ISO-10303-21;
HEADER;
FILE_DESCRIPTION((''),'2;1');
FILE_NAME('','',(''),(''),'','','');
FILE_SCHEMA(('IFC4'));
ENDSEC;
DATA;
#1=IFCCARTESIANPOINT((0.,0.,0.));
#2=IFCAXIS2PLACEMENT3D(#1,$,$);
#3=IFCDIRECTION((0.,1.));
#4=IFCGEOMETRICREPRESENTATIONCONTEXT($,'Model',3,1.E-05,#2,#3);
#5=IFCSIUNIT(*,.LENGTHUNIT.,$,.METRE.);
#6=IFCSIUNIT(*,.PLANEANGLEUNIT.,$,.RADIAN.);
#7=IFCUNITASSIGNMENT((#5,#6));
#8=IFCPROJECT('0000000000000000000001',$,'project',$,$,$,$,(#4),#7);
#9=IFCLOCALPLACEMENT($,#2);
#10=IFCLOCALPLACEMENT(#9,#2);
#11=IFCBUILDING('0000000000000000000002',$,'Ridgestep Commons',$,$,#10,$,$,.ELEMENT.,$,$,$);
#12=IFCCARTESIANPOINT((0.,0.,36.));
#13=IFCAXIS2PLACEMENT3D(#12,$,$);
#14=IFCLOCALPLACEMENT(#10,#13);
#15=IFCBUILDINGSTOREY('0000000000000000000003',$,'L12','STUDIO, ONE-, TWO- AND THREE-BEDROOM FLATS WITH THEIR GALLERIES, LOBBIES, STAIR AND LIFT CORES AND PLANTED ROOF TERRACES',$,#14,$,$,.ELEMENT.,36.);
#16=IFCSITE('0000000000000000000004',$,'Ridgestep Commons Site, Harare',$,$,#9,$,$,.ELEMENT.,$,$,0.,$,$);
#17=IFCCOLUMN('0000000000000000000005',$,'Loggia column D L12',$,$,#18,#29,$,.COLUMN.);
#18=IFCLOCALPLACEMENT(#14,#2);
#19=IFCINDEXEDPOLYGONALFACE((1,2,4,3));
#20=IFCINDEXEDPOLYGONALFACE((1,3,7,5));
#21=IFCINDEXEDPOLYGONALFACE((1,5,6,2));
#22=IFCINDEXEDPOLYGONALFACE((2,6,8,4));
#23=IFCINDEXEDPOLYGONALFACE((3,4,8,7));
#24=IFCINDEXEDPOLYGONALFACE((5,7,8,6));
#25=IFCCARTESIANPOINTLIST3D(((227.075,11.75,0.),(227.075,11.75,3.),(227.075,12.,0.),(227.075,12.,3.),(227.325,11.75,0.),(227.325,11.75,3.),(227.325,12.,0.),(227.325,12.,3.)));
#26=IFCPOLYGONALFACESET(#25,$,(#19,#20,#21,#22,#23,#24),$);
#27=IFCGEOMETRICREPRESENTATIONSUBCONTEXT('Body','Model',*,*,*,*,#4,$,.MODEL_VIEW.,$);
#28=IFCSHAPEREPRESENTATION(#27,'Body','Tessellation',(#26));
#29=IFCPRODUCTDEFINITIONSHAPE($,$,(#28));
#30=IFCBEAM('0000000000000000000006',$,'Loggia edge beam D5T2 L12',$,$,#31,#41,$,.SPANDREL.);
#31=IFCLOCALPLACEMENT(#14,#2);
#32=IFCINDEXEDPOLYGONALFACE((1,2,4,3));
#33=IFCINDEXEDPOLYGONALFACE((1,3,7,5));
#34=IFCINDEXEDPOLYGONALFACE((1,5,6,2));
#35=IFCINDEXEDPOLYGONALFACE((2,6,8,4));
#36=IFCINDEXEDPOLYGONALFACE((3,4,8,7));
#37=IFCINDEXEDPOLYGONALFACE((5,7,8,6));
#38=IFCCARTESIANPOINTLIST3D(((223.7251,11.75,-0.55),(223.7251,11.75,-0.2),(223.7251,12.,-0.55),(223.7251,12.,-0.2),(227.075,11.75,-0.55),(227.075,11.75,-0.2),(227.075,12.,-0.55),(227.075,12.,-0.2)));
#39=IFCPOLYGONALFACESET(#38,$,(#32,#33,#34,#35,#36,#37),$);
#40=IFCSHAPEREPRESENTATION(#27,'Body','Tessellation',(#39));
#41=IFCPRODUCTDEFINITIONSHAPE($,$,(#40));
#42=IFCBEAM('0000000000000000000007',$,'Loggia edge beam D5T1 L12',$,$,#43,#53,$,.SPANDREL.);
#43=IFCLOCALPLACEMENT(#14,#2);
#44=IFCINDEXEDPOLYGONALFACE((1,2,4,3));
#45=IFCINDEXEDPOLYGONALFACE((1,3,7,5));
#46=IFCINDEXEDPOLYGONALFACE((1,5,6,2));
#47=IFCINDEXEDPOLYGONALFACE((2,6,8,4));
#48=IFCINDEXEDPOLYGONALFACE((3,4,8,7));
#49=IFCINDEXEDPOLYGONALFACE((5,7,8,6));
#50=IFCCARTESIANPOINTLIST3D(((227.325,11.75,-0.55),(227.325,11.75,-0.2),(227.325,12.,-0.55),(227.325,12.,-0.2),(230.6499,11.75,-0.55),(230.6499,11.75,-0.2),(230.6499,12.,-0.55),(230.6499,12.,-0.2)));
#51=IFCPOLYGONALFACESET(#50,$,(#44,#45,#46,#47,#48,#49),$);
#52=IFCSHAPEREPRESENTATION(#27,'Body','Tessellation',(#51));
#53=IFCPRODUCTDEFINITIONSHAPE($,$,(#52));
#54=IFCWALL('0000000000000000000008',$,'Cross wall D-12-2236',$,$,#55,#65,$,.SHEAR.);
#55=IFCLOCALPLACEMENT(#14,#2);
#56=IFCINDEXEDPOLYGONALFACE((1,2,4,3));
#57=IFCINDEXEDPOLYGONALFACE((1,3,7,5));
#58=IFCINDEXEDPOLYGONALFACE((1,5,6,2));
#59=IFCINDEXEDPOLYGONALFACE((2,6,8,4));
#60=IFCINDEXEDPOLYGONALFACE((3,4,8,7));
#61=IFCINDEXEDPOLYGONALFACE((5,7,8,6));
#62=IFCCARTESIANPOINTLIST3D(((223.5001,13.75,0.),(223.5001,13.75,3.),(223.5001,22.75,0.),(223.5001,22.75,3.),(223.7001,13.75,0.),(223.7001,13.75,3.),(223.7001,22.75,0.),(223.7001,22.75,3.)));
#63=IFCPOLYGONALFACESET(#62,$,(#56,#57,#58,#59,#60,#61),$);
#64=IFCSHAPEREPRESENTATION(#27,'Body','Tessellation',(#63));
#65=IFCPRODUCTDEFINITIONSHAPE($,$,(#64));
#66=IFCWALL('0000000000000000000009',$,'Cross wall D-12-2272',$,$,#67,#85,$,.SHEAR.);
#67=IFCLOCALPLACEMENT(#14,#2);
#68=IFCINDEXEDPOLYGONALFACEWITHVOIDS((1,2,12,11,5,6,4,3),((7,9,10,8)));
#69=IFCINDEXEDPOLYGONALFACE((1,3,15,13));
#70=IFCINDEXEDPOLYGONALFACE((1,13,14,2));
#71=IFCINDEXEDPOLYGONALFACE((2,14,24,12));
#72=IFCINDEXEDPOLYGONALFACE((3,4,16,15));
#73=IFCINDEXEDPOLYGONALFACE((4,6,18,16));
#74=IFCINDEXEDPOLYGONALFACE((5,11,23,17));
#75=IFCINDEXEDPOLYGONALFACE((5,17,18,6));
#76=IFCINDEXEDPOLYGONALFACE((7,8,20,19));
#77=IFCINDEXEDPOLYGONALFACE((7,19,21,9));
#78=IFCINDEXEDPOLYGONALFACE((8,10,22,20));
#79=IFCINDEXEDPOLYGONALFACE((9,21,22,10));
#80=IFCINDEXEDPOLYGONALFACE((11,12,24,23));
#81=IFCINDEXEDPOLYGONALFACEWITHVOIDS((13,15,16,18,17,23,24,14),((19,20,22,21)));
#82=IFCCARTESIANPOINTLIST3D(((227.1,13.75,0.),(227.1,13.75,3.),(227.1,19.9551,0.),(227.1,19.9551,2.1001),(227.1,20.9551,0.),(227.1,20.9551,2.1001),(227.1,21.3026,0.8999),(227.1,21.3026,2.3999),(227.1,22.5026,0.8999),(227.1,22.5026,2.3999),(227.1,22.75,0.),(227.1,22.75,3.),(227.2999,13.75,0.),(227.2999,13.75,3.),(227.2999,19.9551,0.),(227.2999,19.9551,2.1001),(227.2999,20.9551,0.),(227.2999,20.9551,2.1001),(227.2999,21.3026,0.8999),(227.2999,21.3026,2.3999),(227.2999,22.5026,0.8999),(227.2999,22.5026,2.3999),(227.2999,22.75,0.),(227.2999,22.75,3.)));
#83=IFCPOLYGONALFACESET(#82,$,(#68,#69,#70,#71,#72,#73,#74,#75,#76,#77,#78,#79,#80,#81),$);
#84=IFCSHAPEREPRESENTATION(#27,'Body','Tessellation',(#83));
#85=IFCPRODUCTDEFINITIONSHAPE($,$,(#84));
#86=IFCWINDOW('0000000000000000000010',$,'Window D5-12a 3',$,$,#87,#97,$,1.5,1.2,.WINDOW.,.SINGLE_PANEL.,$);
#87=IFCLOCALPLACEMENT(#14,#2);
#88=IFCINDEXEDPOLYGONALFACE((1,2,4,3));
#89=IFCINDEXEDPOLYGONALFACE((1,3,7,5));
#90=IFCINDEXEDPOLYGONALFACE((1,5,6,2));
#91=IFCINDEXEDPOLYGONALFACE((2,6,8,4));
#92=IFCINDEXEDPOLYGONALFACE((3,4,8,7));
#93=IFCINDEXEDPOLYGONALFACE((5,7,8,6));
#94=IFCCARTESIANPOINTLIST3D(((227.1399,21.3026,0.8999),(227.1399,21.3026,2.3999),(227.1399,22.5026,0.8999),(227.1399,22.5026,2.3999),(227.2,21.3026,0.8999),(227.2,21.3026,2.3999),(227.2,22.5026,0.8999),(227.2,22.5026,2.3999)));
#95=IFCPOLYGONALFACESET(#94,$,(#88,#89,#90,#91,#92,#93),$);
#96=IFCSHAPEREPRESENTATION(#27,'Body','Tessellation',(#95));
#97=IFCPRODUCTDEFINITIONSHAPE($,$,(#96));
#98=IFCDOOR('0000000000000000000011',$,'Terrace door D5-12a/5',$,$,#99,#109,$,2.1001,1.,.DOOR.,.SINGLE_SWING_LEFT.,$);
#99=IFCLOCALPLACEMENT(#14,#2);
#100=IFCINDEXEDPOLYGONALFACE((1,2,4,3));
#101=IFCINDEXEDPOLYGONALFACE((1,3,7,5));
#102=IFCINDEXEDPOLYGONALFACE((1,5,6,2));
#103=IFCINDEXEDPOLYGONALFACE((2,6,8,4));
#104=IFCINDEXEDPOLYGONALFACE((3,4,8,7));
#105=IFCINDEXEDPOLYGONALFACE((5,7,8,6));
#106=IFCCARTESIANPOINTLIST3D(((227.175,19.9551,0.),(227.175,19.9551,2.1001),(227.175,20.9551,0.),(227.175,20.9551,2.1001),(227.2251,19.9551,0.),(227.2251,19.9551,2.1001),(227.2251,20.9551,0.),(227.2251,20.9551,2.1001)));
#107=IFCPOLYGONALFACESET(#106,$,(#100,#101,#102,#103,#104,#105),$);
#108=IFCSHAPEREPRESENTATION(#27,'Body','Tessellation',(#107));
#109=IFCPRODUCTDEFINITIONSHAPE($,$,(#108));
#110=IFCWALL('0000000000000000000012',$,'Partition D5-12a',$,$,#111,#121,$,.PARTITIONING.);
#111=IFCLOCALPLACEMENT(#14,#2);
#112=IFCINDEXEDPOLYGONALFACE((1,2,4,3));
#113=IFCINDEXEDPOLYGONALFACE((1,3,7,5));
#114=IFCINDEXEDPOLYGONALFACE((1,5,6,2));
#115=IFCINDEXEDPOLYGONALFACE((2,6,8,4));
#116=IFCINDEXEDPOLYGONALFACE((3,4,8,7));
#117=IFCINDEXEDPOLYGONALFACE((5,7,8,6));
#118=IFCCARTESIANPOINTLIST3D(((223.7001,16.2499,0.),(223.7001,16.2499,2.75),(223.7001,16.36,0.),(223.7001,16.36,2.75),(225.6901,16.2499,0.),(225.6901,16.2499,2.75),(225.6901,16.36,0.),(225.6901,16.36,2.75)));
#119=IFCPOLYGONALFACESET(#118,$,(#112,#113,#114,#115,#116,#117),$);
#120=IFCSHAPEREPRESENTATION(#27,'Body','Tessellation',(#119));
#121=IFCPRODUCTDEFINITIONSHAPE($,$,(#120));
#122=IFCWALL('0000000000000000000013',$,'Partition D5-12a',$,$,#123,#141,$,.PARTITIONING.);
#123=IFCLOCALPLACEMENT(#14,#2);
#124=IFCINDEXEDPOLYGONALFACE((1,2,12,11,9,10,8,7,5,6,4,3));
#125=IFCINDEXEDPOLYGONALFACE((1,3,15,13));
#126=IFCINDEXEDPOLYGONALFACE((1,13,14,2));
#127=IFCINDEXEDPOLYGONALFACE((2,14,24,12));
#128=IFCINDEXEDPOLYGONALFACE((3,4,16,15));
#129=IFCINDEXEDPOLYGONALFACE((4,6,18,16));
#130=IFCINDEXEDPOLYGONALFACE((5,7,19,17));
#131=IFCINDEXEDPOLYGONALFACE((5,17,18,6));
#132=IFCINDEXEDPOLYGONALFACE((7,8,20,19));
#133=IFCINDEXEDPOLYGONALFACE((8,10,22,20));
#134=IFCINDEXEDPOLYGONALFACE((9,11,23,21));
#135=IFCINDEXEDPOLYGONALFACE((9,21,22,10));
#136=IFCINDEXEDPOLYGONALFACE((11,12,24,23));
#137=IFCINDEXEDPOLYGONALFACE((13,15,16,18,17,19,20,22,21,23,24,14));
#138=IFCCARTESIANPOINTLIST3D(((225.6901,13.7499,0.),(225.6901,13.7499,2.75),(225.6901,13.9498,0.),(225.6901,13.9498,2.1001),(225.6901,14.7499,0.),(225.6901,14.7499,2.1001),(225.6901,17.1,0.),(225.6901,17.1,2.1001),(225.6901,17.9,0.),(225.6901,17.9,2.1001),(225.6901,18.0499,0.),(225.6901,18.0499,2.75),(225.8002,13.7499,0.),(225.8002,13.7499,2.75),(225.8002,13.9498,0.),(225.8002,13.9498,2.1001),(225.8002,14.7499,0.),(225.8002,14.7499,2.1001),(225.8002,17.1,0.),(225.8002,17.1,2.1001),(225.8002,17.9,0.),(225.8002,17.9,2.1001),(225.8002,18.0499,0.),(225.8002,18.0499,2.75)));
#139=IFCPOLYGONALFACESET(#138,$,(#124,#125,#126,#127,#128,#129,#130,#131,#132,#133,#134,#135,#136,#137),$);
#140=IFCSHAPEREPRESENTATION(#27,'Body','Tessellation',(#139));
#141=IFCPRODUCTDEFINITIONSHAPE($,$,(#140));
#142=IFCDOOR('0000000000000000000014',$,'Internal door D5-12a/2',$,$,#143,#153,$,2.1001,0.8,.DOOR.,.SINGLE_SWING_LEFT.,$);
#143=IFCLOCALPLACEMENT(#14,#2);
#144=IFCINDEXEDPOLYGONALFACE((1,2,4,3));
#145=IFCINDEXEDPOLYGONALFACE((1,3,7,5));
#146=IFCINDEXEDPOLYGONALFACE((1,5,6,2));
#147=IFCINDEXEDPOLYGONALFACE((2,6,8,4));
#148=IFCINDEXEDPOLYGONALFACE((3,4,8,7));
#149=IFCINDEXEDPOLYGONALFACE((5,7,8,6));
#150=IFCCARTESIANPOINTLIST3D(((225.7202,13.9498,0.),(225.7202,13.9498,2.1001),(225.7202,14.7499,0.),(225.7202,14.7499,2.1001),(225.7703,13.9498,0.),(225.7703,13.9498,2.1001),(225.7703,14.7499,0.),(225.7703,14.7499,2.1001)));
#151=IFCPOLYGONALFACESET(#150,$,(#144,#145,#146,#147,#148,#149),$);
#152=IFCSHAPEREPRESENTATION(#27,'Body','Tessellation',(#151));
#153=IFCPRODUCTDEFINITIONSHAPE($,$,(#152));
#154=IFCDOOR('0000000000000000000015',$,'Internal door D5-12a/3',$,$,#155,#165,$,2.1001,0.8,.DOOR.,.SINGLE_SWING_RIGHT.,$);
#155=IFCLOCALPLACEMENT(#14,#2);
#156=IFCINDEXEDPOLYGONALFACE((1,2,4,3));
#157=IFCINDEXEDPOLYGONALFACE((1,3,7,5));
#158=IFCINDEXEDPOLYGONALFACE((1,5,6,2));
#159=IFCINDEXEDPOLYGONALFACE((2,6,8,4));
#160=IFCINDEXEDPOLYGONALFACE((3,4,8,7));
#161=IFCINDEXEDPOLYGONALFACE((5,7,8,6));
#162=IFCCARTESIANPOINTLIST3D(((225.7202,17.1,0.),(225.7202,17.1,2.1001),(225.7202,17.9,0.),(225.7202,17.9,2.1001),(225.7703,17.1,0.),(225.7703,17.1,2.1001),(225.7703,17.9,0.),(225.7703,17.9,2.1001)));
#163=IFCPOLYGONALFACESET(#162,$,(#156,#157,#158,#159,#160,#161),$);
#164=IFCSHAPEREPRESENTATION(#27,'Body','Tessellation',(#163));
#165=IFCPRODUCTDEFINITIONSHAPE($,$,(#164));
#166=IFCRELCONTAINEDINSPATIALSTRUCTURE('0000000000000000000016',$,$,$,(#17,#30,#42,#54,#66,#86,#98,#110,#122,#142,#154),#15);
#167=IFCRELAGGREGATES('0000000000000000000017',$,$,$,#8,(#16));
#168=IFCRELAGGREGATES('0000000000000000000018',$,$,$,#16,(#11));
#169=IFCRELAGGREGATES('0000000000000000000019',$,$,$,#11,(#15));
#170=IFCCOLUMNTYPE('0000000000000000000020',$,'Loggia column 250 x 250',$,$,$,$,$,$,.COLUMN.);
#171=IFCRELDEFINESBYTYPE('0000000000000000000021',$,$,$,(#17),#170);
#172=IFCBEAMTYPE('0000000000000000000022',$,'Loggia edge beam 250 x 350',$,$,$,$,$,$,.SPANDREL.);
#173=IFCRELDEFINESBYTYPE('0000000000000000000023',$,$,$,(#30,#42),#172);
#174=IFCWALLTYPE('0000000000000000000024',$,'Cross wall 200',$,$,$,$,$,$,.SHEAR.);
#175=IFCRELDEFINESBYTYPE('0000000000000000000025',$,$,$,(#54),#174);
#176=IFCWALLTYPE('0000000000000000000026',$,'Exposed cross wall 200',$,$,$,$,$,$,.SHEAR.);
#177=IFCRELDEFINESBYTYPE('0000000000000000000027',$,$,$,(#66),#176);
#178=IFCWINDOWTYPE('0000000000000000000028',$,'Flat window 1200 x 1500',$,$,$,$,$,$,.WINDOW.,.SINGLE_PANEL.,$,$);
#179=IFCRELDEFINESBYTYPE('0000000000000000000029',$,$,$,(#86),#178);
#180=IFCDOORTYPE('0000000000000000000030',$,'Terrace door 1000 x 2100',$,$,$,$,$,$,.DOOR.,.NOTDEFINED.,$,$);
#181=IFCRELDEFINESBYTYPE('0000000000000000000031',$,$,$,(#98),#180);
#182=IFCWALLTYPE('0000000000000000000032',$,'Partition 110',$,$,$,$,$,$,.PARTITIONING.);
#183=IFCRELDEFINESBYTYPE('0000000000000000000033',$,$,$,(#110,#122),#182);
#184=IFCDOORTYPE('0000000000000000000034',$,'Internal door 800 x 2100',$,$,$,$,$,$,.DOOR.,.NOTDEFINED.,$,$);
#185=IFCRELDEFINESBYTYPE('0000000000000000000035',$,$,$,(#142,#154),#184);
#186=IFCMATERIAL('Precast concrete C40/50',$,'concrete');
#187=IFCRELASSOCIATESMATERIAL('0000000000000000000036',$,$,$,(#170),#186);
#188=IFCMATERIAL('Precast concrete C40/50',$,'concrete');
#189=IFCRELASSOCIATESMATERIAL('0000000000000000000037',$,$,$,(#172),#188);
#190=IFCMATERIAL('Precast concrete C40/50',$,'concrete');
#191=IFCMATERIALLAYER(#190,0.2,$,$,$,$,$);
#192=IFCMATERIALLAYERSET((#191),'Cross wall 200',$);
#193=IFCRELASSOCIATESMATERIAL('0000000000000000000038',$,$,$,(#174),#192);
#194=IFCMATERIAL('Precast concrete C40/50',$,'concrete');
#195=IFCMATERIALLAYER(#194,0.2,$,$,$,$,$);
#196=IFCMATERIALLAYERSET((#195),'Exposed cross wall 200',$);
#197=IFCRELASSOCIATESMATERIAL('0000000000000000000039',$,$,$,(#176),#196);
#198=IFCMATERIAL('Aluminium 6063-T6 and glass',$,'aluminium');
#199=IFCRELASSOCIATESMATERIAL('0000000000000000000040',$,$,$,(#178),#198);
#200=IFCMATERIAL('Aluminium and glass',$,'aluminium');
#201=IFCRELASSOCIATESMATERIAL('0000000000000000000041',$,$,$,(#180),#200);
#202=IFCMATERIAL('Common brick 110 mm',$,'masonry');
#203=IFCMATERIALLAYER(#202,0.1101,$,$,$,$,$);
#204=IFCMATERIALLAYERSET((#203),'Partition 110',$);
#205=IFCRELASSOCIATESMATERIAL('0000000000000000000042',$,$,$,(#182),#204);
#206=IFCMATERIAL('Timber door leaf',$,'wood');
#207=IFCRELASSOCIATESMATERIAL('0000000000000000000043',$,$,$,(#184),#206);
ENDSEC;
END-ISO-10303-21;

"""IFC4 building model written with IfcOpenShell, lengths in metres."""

from ifc_helpers import new_model, si_unit, direction, frame, frame_2d, origin, origin_2d, place, context, subcontext, project, spatial, rectangle, extrude, material, layer, layer_set, material_profile, profile_set, type_object, element, fill, save


model = new_model("IFC4")

# Units and contexts
model_context = context("Model", 3, precision=1e-05, world=origin(), true_north=direction((0.0, 1.0)))
body_context = subcontext(model_context, "Body", "Model", "MODEL_VIEW")
ifc_project = project(units=[si_unit("LENGTHUNIT", "METRE"), si_unit("PLANEANGLEUNIT", "RADIAN")], contexts=[model_context])

# Site, building, storey
site_placement = place(None, origin())
site = spatial("IfcSite", under=ifc_project, at=site_placement, Name="Ridgestep Commons Site, Harare", CompositionType="ELEMENT", RefElevation=0.0)
building_placement = place(site_placement, origin())
building = spatial("IfcBuilding", under=site, at=building_placement, Name="Ridgestep Commons", CompositionType="ELEMENT")
storey_placement = place(building_placement, frame((0.0, 0.0, 36.0)))
storey = spatial("IfcBuildingStorey", under=building, at=storey_placement, Name="L12", Description="STUDIO, ONE-, TWO- AND THREE-BEDROOM FLATS WITH THEIR GALLERIES, LOBBIES, STAIR AND LIFT CORES AND PLANTED ROOF TERRACES", CompositionType="ELEMENT", Elevation=36.0)

# Column
ifc_material_1 = material(Name="Precast concrete C40/50", Category="concrete")
ifc_material_profile_1 = material_profile(ifc_material_1, rectangle(XDim=0.25, YDim=0.25, at=origin_2d()), Name="PC 250x250")
ifc_profile_set_1 = profile_set([ifc_material_profile_1], Name="Precast concrete C40/50")
column_type = type_object("IfcColumnType", Name="Loggia column 250 x 250", PredefinedType="COLUMN", material=ifc_profile_set_1)
column_placement = place(storey_placement, frame((227.2, 11.875, 0.0), z_axis=(0.0, 0.0, 1.0), x_axis=(1.0, 0.0, 0.0)))
element("IfcColumn", 1, at=column_placement, inside=storey, type_object=column_type, Name="Loggia column D L12", PredefinedType="COLUMN", context=body_context, shape_type="SweptSolid", body=[
    extrude(rectangle(XDim=0.25, YDim=0.25, at=origin_2d()), origin(), (0.0, 0.0, 1.0), 3.0),
])

# Beams
ifc_material_2 = material(Name="Precast concrete C40/50", Category="concrete")
ifc_material_profile_2 = material_profile(ifc_material_2, rectangle(XDim=0.25, YDim=0.3501, at=origin_2d()), Name="PC 250x350")
ifc_profile_set_2 = profile_set([ifc_material_profile_2], Name="Precast concrete C40/50")
beam_type = type_object("IfcBeamType", Name="Loggia edge beam 250 x 350", PredefinedType="SPANDREL", material=ifc_profile_set_2)
beam_1_placement = place(storey_placement, frame((223.7251, 11.875, -0.375), z_axis=(1.0, 0.0, 0.0), x_axis=(0.0, 1.0, 0.0)))
element("IfcBeam", 2, at=beam_1_placement, inside=storey, type_object=beam_type, Name="Loggia edge beam D5T2 L12", PredefinedType="SPANDREL", context=body_context, shape_type="SweptSolid", body=[
    extrude(rectangle(XDim=0.25, YDim=0.3501, at=origin_2d()), origin(), (0.0, 0.0, 1.0), 3.3499),
])
beam_2_placement = place(storey_placement, frame((227.325, 11.875, -0.375), z_axis=(1.0, 0.0, 0.0), x_axis=(0.0, 1.0, 0.0)))
element("IfcBeam", 3, at=beam_2_placement, inside=storey, type_object=beam_type, Name="Loggia edge beam D5T1 L12", PredefinedType="SPANDREL", context=body_context, shape_type="SweptSolid", body=[
    extrude(rectangle(XDim=0.25, YDim=0.3501, at=origin_2d()), origin(), (0.0, 0.0, 1.0), 3.325),
])

# Wall
ifc_material_3 = material(Name="Precast concrete C40/50", Category="concrete")
ifc_layer_1 = layer(ifc_material_3, 0.2)
ifc_layer_set_1 = layer_set([ifc_layer_1], Name="Cross wall 200")
wall_type_1 = type_object("IfcWallType", Name="Cross wall 200", PredefinedType="SHEAR", material=ifc_layer_set_1)
wall_1_placement = place(storey_placement, frame((223.6001, 13.75, 0.0), z_axis=(0.0, 0.0, 1.0), x_axis=(0.0, 1.0, 0.0)))
element("IfcWall", 4, at=wall_1_placement, inside=storey, type_object=wall_type_1, Name="Cross wall D-12-2236", PredefinedType="SHEAR", context=body_context, shape_type="SweptSolid", body=[
    extrude(rectangle(XDim=9.0, YDim=0.2, at=frame_2d((4.5, 0.0))), origin(), (0.0, 0.0, 1.0), 3.0),
])

# Wall, openings, window, door
ifc_material_4 = material(Name="Precast concrete C40/50", Category="concrete")
ifc_layer_2 = layer(ifc_material_4, 0.2)
ifc_layer_set_2 = layer_set([ifc_layer_2], Name="Exposed cross wall 200")
wall_type_2 = type_object("IfcWallType", Name="Exposed cross wall 200", PredefinedType="SHEAR", material=ifc_layer_set_2)
wall_2_placement = place(storey_placement, frame((227.2, 13.75, 0.0), z_axis=(0.0, 0.0, 1.0), x_axis=(0.0, 1.0, 0.0)))
wall_2 = element("IfcWall", 5, at=wall_2_placement, inside=storey, type_object=wall_type_2, Name="Cross wall D-12-2272", PredefinedType="SHEAR", context=body_context, shape_type="SweptSolid", body=[
    extrude(rectangle(XDim=9.0, YDim=0.2, at=frame_2d((4.5, 0.0))), origin(), (0.0, 0.0, 1.0), 3.0),
])
opening_1_placement = place(wall_2_placement, frame((7.5525, 0.0, 0.8999)))
opening_1 = element("IfcOpeningElement", 6, at=opening_1_placement, cuts=wall_2, PredefinedType="OPENING", context=body_context, shape_type="SweptSolid", body=[
    extrude(rectangle(XDim=1.2, YDim=1.5, at=frame_2d((0.6001, 0.75))), frame((0.0, 0.1099, 0.0), z_axis=(0.0, -1.0, 0.0), x_axis=(1.0, 0.0, 0.0)), (0.0, 0.0, 1.0), 0.22),
])
opening_2_placement = place(wall_2_placement, frame((6.2051, 0.0, 0.0)))
opening_2 = element("IfcOpeningElement", 7, at=opening_2_placement, cuts=wall_2, PredefinedType="OPENING", context=body_context, shape_type="SweptSolid", body=[
    extrude(rectangle(XDim=1.0, YDim=2.1001, at=frame_2d((0.5, 1.05))), frame((0.0, 0.1099, 0.0), z_axis=(0.0, -1.0, 0.0), x_axis=(1.0, 0.0, 0.0)), (0.0, 0.0, 1.0), 0.22),
])
ifc_material_5 = material(Name="Aluminium 6063-T6 and glass", Category="aluminium")
window_type = type_object("IfcWindowType", Name="Flat window 1200 x 1500", PartitioningType="SINGLE_PANEL", PredefinedType="WINDOW", material=ifc_material_5)
window_placement = place(opening_1_placement, origin())
window = element("IfcWindow", 8, at=window_placement, inside=storey, type_object=window_type, Name="Window D5-12a 3", OverallHeight=1.5, OverallWidth=1.2, PartitioningType="SINGLE_PANEL", PredefinedType="WINDOW", context=body_context, shape_type="SweptSolid", body=[
    extrude(rectangle(XDim=1.2, YDim=1.5, at=frame_2d((0.6001, 0.75))), frame((0.0, 0.0601, 0.0), z_axis=(0.0, -1.0, 0.0), x_axis=(1.0, 0.0, 0.0)), (0.0, 0.0, 1.0), 0.0601),
])
fill(opening_1, window)
ifc_material_6 = material(Name="Aluminium and glass", Category="aluminium")
door_type_1 = type_object("IfcDoorType", Name="Terrace door 1000 x 2100", OperationType="NOTDEFINED", PredefinedType="DOOR", material=ifc_material_6)
door_1_placement = place(opening_2_placement, origin())
door_1 = element("IfcDoor", 9, at=door_1_placement, inside=storey, type_object=door_type_1, Name="Terrace door D5-12a/5", OperationType="SINGLE_SWING_LEFT", OverallHeight=2.1001, OverallWidth=1.0, PredefinedType="DOOR", context=body_context, shape_type="SweptSolid", body=[
    extrude(rectangle(XDim=1.0, YDim=2.1001, at=frame_2d((0.5, 1.05))), frame((0.0, 0.0249, 0.0), z_axis=(0.0, -1.0, 0.0), x_axis=(1.0, 0.0, 0.0)), (0.0, 0.0, 1.0), 0.05),
])
fill(opening_2, door_1)

# Wall
ifc_material_7 = material(Name="Common brick 110 mm", Category="masonry")
ifc_layer_3 = layer(ifc_material_7, 0.1101)
ifc_layer_set_3 = layer_set([ifc_layer_3], Name="Partition 110")
wall_type_3 = type_object("IfcWallType", Name="Partition 110", PredefinedType="PARTITIONING", material=ifc_layer_set_3)
wall_3_placement = place(storey_placement, frame((223.7, 16.3049, 0.0), z_axis=(0.0, 0.0, 1.0), x_axis=(1.0, 0.0, 0.0)))
element("IfcWall", 10, at=wall_3_placement, inside=storey, type_object=wall_type_3, Name="Partition D5-12a", PredefinedType="PARTITIONING", context=body_context, shape_type="SweptSolid", body=[
    extrude(rectangle(XDim=1.99, YDim=0.1101, at=frame_2d((0.9951, 0.0))), origin(), (0.0, 0.0, 1.0), 2.75),
])

# Wall, openings, doors
wall_4_placement = place(storey_placement, frame((225.7451, 13.75, 0.0), z_axis=(0.0, 0.0, 1.0), x_axis=(0.0, 1.0, 0.0)))
wall_4 = element("IfcWall", 11, at=wall_4_placement, inside=storey, type_object=wall_type_3, Name="Partition D5-12a", PredefinedType="PARTITIONING", context=body_context, shape_type="SweptSolid", body=[
    extrude(rectangle(XDim=4.3, YDim=0.1101, at=frame_2d((2.1499, 0.0))), origin(), (0.0, 0.0, 1.0), 2.75),
])
opening_3_placement = place(wall_4_placement, frame((0.2, 0.0, 0.0)))
opening_3 = element("IfcOpeningElement", 12, at=opening_3_placement, cuts=wall_4, PredefinedType="OPENING", context=body_context, shape_type="SweptSolid", body=[
    extrude(rectangle(XDim=0.8, YDim=2.1001, at=frame_2d((0.3999, 1.05))), frame((0.0, 0.0649, 0.0), z_axis=(0.0, -1.0, 0.0), x_axis=(1.0, 0.0, 0.0)), (0.0, 0.0, 1.0), 0.1301),
])
opening_4_placement = place(wall_4_placement, frame((3.3501, 0.0, 0.0)))
opening_4 = element("IfcOpeningElement", 13, at=opening_4_placement, cuts=wall_4, PredefinedType="OPENING", context=body_context, shape_type="SweptSolid", body=[
    extrude(rectangle(XDim=0.8, YDim=2.1001, at=frame_2d((0.3999, 1.05))), frame((0.0, 0.0649, 0.0), z_axis=(0.0, -1.0, 0.0), x_axis=(1.0, 0.0, 0.0)), (0.0, 0.0, 1.0), 0.1301),
])
ifc_material_8 = material(Name="Timber door leaf", Category="wood")
door_type_2 = type_object("IfcDoorType", Name="Internal door 800 x 2100", OperationType="NOTDEFINED", PredefinedType="DOOR", material=ifc_material_8)
door_2_placement = place(opening_3_placement, origin())
door_2 = element("IfcDoor", 14, at=door_2_placement, inside=storey, type_object=door_type_2, Name="Internal door D5-12a/2", OperationType="SINGLE_SWING_LEFT", OverallHeight=2.1001, OverallWidth=0.8, PredefinedType="DOOR", context=body_context, shape_type="SweptSolid", body=[
    extrude(rectangle(XDim=0.8, YDim=2.1001, at=frame_2d((0.3999, 1.05))), frame((0.0, 0.0249, 0.0), z_axis=(0.0, -1.0, 0.0), x_axis=(1.0, 0.0, 0.0)), (0.0, 0.0, 1.0), 0.05),
])
fill(opening_3, door_2)
door_3_placement = place(opening_4_placement, origin())
door_3 = element("IfcDoor", 15, at=door_3_placement, inside=storey, type_object=door_type_2, Name="Internal door D5-12a/3", OperationType="SINGLE_SWING_RIGHT", OverallHeight=2.1001, OverallWidth=0.8, PredefinedType="DOOR", context=body_context, shape_type="SweptSolid", body=[
    extrude(rectangle(XDim=0.8, YDim=2.1001, at=frame_2d((0.3999, 1.05))), frame((0.0, 0.0249, 0.0), z_axis=(0.0, -1.0, 0.0), x_axis=(1.0, 0.0, 0.0)), (0.0, 0.0, 1.0), 0.05),
])
fill(opening_4, door_3)

save(model, "model.ifc")
